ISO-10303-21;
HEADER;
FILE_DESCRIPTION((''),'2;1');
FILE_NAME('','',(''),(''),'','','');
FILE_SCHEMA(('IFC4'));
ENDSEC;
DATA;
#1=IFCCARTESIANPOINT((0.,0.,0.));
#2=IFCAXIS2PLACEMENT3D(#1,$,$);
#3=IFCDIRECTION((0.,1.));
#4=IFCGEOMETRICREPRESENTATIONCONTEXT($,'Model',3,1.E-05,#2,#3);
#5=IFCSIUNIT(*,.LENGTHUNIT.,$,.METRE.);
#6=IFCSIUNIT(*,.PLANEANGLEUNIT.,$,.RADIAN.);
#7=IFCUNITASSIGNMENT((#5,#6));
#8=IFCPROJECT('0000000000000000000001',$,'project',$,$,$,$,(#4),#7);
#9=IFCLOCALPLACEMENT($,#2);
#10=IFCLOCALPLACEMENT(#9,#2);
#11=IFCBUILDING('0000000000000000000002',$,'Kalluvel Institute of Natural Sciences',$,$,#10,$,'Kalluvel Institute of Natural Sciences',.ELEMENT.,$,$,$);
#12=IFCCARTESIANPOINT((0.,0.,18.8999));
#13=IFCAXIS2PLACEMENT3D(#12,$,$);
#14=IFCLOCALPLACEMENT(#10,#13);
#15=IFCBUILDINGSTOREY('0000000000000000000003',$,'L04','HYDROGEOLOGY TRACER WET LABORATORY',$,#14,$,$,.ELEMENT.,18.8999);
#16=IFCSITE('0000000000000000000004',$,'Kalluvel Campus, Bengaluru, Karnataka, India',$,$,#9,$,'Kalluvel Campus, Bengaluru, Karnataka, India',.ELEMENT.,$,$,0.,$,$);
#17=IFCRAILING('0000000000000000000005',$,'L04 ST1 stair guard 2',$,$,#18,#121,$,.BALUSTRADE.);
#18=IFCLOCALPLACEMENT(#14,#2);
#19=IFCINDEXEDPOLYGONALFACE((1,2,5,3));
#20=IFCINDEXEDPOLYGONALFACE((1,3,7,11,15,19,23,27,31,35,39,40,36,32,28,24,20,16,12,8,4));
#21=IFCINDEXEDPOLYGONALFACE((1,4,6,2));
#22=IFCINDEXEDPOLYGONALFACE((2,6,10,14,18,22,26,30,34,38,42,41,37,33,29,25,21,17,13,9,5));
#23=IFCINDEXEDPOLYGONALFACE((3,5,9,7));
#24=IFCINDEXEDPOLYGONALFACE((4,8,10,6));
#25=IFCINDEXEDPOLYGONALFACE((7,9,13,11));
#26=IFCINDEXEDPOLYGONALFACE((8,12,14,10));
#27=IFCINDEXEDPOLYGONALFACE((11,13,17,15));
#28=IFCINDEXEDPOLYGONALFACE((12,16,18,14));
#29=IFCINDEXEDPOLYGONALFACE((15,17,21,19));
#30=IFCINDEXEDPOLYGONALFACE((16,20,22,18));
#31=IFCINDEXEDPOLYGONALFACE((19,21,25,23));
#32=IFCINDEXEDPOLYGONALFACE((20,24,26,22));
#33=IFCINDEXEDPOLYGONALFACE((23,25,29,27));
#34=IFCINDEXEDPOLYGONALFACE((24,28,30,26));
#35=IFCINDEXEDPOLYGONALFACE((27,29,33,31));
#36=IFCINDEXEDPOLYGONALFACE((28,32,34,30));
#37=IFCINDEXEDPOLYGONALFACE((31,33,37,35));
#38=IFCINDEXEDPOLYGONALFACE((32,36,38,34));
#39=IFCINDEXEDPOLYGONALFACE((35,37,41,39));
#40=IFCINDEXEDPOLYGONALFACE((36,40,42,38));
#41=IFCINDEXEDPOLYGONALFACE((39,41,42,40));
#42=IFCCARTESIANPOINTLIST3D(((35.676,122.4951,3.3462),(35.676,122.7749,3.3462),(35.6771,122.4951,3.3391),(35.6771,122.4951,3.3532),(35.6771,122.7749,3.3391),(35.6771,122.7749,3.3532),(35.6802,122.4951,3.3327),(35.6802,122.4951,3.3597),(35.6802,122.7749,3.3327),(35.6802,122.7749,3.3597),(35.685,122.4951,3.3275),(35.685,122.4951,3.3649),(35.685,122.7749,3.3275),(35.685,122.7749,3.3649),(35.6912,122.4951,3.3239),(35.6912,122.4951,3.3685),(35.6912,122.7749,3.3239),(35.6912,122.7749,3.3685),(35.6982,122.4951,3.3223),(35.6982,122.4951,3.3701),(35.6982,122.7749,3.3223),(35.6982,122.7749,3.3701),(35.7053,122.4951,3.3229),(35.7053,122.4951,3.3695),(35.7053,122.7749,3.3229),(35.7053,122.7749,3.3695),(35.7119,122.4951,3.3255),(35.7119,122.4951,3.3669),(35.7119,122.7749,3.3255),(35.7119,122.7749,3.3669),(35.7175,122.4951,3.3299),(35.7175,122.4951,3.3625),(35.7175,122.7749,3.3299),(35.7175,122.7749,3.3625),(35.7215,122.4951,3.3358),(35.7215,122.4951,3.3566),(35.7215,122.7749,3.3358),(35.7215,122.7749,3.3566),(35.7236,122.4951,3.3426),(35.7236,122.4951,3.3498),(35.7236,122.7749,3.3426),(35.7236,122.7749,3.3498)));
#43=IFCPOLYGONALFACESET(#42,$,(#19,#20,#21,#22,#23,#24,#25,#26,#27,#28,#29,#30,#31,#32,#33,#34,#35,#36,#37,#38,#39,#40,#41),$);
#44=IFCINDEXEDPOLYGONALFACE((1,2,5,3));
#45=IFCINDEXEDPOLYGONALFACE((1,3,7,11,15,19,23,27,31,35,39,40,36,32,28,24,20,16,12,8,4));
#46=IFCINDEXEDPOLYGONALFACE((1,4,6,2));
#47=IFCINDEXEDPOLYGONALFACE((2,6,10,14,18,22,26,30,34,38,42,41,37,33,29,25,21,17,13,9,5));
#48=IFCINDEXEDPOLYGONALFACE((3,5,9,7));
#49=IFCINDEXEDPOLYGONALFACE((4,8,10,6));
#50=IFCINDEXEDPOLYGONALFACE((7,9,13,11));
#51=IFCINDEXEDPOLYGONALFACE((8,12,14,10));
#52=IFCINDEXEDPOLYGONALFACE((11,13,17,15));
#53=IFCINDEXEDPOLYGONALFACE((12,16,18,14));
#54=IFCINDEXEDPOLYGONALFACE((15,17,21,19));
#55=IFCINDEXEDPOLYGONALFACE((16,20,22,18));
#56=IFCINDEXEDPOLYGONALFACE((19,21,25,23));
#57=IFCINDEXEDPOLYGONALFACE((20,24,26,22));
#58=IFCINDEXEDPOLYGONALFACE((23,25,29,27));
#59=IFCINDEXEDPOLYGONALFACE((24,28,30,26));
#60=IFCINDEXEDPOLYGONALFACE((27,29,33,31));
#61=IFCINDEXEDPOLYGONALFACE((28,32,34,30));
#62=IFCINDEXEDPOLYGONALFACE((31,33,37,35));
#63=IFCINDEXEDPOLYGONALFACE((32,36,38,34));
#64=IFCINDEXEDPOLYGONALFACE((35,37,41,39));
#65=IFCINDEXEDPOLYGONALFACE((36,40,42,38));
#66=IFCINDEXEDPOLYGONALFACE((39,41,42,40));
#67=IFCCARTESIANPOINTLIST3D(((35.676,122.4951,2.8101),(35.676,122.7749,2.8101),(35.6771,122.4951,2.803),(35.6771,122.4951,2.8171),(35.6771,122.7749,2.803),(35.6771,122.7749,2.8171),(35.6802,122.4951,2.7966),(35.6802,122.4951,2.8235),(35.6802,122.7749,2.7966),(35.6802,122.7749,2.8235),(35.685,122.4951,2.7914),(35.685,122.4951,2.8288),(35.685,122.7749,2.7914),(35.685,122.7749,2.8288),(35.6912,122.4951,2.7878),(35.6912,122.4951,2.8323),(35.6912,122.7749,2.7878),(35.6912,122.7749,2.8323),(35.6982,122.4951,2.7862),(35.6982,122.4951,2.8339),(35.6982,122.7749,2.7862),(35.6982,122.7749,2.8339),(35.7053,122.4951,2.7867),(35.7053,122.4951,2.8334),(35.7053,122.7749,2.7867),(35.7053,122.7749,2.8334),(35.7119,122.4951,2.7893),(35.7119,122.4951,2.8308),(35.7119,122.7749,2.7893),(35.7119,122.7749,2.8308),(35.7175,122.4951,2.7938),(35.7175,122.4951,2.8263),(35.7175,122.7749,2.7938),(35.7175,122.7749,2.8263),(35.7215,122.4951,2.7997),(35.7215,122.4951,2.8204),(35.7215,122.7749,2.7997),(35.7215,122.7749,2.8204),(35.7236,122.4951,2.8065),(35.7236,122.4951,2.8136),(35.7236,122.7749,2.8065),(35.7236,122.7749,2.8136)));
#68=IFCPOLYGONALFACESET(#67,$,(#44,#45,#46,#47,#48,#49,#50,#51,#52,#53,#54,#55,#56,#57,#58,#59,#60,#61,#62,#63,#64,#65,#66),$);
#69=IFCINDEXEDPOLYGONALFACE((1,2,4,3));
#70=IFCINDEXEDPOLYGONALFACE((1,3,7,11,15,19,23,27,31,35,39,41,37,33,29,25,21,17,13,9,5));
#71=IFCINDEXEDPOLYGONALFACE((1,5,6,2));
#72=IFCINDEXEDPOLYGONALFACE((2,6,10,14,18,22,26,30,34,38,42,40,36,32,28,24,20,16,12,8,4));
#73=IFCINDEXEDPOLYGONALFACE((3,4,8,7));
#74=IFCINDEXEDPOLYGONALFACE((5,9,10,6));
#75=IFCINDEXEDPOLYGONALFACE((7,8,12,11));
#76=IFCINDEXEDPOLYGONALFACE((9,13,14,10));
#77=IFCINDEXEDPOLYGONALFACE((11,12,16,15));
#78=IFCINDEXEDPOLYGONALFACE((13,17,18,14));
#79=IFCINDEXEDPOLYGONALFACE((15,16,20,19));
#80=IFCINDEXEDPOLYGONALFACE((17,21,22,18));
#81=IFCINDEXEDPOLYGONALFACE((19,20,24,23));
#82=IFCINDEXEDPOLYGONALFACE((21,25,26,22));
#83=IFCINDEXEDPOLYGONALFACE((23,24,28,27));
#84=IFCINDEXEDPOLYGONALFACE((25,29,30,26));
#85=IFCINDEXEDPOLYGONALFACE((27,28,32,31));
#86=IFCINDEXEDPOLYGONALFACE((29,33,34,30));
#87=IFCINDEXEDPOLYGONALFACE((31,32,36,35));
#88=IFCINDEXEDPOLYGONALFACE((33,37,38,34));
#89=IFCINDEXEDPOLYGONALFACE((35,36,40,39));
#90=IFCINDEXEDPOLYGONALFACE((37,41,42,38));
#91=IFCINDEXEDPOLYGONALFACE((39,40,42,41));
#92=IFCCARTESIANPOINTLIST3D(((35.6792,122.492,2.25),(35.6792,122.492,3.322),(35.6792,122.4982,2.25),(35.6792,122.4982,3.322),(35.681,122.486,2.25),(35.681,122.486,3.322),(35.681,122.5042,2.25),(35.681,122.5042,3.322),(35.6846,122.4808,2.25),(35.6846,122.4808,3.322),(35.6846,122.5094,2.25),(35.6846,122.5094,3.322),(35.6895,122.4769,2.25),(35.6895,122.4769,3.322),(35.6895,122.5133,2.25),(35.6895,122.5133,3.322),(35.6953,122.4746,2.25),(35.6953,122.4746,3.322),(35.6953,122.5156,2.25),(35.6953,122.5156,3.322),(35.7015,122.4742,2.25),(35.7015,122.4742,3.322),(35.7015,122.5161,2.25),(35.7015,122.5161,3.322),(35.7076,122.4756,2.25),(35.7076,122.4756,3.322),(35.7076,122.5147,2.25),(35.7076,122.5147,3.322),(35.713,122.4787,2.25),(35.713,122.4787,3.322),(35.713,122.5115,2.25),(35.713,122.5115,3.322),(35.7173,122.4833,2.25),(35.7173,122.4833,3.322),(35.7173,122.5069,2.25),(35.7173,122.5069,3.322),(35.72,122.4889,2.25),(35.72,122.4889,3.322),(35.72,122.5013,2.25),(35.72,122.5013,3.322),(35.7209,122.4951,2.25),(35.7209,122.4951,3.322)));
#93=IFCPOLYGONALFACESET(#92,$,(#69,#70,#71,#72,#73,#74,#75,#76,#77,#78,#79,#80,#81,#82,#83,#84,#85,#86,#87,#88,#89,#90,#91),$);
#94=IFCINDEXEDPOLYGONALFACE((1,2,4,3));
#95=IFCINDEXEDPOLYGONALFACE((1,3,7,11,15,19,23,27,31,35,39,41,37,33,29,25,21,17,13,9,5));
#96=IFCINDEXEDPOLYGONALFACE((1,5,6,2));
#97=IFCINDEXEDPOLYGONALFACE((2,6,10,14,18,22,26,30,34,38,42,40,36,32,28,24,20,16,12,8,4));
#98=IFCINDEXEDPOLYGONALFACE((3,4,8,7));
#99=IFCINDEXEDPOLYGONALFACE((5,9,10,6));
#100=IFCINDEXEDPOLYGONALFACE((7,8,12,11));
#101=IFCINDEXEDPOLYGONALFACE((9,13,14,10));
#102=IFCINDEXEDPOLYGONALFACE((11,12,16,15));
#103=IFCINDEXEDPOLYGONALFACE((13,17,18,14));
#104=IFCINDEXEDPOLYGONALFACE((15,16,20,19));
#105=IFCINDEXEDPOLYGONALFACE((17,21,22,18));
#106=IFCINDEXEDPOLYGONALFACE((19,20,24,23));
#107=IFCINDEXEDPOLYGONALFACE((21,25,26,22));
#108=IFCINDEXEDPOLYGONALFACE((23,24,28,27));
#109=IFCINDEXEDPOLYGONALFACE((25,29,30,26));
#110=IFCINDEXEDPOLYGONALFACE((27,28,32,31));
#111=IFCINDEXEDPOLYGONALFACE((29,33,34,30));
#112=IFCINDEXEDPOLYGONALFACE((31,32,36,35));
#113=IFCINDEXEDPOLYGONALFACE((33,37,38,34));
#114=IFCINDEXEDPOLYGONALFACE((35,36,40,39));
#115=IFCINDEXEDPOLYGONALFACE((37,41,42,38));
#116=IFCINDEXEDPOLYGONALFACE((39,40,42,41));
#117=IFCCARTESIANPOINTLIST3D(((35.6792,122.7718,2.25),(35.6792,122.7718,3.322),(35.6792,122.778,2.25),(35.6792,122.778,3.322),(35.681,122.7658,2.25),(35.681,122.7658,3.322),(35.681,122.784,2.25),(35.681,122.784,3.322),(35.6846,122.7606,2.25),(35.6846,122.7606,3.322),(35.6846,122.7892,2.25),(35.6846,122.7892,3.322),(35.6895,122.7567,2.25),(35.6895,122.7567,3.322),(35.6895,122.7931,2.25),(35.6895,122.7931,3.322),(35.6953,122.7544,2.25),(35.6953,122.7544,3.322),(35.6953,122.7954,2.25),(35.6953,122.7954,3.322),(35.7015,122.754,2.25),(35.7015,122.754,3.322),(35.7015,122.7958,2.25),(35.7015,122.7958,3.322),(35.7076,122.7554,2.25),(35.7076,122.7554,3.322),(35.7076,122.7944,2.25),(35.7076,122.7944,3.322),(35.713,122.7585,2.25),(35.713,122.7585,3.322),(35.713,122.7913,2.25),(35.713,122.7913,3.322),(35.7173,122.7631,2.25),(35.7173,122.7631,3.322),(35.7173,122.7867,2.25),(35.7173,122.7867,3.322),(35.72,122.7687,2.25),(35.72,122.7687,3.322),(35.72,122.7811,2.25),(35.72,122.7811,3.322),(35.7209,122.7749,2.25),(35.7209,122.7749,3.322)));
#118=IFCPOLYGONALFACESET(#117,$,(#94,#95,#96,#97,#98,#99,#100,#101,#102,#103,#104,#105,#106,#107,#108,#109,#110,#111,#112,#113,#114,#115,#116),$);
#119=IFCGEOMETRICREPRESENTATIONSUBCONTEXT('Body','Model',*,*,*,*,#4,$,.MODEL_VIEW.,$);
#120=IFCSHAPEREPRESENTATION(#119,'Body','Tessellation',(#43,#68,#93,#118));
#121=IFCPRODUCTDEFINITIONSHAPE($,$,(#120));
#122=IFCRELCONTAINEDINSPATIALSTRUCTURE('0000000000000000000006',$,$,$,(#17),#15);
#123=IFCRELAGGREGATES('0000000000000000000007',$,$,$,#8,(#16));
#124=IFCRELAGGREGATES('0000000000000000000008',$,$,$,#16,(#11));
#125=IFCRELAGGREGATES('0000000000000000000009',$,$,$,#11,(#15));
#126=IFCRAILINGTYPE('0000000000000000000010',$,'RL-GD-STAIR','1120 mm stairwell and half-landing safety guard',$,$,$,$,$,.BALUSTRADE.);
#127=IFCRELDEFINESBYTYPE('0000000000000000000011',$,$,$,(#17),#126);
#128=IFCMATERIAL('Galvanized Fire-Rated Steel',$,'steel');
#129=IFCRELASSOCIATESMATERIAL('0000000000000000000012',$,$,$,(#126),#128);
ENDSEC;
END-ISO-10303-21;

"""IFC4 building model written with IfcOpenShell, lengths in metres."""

from ifc_helpers import new_model, si_unit, direction, frame, origin, origin_2d, place, context, subcontext, project, spatial, circle, extrude, material, type_object, element, save


model = new_model("IFC4")

# Units and contexts
model_context = context("Model", 3, precision=1e-05, world=origin(), true_north=direction((0.0, 1.0)))
body_context = subcontext(model_context, "Body", "Model", "MODEL_VIEW")
ifc_project = project(units=[si_unit("LENGTHUNIT", "METRE"), si_unit("PLANEANGLEUNIT", "RADIAN")], contexts=[model_context])

# Site, building, storey
site_placement = place(None, origin())
site = spatial("IfcSite", under=ifc_project, at=site_placement, Name="Kalluvel Campus, Bengaluru, Karnataka, India", LongName="Kalluvel Campus, Bengaluru, Karnataka, India", CompositionType="ELEMENT", RefElevation=0.0)
building_placement = place(site_placement, origin())
building = spatial("IfcBuilding", under=site, at=building_placement, Name="Kalluvel Institute of Natural Sciences", LongName="Kalluvel Institute of Natural Sciences", CompositionType="ELEMENT")
storey_placement = place(building_placement, frame((0.0, 0.0, 18.8999)))
storey = spatial("IfcBuildingStorey", under=building, at=storey_placement, Name="L04", Description="HYDROGEOLOGY TRACER WET LABORATORY", CompositionType="ELEMENT", Elevation=18.8999)

# Shared definitions
ifc_material_1 = material(Name="Galvanized Fire-Rated Steel", Category="steel")

# Railing
railing_type_1 = type_object("IfcRailingType", Name="RL-GD-STAIR", Description="1120 mm stairwell and half-landing safety guard", PredefinedType="BALUSTRADE", material=ifc_material_1)
railing_1_placement = place(storey_placement, frame((35.7, 122.4951, 2.25)))
element("IfcRailing", 1, at=railing_1_placement, inside=storey, type_object=railing_type_1, Name="L04 ST1 stair guard 2", PredefinedType="BALUSTRADE", context=body_context, shape_type="SweptSolid", body=[
    extrude(circle(Radius=0.0239, at=origin_2d()), frame((0.0, 0.0, 1.0962), z_axis=(0.0, 1.0, 0.0), x_axis=(-1.0, 0.0, 0.0)), (0.0, 0.0, 1.0), 0.2798),
    extrude(circle(Radius=0.0239, at=origin_2d()), frame((0.0, 0.0, 0.5601), z_axis=(0.0, 1.0, 0.0), x_axis=(-1.0, 0.0, 0.0)), (0.0, 0.0, 1.0), 0.2798),
    extrude(circle(Radius=0.021, at=origin_2d()), origin(), (0.0, 0.0, 1.0), 1.072),
    extrude(circle(Radius=0.021, at=origin_2d()), frame((0.0, 0.2798, 0.0)), (0.0, 0.0, 1.0), 1.072),
])

save(model, "model.ifc")
